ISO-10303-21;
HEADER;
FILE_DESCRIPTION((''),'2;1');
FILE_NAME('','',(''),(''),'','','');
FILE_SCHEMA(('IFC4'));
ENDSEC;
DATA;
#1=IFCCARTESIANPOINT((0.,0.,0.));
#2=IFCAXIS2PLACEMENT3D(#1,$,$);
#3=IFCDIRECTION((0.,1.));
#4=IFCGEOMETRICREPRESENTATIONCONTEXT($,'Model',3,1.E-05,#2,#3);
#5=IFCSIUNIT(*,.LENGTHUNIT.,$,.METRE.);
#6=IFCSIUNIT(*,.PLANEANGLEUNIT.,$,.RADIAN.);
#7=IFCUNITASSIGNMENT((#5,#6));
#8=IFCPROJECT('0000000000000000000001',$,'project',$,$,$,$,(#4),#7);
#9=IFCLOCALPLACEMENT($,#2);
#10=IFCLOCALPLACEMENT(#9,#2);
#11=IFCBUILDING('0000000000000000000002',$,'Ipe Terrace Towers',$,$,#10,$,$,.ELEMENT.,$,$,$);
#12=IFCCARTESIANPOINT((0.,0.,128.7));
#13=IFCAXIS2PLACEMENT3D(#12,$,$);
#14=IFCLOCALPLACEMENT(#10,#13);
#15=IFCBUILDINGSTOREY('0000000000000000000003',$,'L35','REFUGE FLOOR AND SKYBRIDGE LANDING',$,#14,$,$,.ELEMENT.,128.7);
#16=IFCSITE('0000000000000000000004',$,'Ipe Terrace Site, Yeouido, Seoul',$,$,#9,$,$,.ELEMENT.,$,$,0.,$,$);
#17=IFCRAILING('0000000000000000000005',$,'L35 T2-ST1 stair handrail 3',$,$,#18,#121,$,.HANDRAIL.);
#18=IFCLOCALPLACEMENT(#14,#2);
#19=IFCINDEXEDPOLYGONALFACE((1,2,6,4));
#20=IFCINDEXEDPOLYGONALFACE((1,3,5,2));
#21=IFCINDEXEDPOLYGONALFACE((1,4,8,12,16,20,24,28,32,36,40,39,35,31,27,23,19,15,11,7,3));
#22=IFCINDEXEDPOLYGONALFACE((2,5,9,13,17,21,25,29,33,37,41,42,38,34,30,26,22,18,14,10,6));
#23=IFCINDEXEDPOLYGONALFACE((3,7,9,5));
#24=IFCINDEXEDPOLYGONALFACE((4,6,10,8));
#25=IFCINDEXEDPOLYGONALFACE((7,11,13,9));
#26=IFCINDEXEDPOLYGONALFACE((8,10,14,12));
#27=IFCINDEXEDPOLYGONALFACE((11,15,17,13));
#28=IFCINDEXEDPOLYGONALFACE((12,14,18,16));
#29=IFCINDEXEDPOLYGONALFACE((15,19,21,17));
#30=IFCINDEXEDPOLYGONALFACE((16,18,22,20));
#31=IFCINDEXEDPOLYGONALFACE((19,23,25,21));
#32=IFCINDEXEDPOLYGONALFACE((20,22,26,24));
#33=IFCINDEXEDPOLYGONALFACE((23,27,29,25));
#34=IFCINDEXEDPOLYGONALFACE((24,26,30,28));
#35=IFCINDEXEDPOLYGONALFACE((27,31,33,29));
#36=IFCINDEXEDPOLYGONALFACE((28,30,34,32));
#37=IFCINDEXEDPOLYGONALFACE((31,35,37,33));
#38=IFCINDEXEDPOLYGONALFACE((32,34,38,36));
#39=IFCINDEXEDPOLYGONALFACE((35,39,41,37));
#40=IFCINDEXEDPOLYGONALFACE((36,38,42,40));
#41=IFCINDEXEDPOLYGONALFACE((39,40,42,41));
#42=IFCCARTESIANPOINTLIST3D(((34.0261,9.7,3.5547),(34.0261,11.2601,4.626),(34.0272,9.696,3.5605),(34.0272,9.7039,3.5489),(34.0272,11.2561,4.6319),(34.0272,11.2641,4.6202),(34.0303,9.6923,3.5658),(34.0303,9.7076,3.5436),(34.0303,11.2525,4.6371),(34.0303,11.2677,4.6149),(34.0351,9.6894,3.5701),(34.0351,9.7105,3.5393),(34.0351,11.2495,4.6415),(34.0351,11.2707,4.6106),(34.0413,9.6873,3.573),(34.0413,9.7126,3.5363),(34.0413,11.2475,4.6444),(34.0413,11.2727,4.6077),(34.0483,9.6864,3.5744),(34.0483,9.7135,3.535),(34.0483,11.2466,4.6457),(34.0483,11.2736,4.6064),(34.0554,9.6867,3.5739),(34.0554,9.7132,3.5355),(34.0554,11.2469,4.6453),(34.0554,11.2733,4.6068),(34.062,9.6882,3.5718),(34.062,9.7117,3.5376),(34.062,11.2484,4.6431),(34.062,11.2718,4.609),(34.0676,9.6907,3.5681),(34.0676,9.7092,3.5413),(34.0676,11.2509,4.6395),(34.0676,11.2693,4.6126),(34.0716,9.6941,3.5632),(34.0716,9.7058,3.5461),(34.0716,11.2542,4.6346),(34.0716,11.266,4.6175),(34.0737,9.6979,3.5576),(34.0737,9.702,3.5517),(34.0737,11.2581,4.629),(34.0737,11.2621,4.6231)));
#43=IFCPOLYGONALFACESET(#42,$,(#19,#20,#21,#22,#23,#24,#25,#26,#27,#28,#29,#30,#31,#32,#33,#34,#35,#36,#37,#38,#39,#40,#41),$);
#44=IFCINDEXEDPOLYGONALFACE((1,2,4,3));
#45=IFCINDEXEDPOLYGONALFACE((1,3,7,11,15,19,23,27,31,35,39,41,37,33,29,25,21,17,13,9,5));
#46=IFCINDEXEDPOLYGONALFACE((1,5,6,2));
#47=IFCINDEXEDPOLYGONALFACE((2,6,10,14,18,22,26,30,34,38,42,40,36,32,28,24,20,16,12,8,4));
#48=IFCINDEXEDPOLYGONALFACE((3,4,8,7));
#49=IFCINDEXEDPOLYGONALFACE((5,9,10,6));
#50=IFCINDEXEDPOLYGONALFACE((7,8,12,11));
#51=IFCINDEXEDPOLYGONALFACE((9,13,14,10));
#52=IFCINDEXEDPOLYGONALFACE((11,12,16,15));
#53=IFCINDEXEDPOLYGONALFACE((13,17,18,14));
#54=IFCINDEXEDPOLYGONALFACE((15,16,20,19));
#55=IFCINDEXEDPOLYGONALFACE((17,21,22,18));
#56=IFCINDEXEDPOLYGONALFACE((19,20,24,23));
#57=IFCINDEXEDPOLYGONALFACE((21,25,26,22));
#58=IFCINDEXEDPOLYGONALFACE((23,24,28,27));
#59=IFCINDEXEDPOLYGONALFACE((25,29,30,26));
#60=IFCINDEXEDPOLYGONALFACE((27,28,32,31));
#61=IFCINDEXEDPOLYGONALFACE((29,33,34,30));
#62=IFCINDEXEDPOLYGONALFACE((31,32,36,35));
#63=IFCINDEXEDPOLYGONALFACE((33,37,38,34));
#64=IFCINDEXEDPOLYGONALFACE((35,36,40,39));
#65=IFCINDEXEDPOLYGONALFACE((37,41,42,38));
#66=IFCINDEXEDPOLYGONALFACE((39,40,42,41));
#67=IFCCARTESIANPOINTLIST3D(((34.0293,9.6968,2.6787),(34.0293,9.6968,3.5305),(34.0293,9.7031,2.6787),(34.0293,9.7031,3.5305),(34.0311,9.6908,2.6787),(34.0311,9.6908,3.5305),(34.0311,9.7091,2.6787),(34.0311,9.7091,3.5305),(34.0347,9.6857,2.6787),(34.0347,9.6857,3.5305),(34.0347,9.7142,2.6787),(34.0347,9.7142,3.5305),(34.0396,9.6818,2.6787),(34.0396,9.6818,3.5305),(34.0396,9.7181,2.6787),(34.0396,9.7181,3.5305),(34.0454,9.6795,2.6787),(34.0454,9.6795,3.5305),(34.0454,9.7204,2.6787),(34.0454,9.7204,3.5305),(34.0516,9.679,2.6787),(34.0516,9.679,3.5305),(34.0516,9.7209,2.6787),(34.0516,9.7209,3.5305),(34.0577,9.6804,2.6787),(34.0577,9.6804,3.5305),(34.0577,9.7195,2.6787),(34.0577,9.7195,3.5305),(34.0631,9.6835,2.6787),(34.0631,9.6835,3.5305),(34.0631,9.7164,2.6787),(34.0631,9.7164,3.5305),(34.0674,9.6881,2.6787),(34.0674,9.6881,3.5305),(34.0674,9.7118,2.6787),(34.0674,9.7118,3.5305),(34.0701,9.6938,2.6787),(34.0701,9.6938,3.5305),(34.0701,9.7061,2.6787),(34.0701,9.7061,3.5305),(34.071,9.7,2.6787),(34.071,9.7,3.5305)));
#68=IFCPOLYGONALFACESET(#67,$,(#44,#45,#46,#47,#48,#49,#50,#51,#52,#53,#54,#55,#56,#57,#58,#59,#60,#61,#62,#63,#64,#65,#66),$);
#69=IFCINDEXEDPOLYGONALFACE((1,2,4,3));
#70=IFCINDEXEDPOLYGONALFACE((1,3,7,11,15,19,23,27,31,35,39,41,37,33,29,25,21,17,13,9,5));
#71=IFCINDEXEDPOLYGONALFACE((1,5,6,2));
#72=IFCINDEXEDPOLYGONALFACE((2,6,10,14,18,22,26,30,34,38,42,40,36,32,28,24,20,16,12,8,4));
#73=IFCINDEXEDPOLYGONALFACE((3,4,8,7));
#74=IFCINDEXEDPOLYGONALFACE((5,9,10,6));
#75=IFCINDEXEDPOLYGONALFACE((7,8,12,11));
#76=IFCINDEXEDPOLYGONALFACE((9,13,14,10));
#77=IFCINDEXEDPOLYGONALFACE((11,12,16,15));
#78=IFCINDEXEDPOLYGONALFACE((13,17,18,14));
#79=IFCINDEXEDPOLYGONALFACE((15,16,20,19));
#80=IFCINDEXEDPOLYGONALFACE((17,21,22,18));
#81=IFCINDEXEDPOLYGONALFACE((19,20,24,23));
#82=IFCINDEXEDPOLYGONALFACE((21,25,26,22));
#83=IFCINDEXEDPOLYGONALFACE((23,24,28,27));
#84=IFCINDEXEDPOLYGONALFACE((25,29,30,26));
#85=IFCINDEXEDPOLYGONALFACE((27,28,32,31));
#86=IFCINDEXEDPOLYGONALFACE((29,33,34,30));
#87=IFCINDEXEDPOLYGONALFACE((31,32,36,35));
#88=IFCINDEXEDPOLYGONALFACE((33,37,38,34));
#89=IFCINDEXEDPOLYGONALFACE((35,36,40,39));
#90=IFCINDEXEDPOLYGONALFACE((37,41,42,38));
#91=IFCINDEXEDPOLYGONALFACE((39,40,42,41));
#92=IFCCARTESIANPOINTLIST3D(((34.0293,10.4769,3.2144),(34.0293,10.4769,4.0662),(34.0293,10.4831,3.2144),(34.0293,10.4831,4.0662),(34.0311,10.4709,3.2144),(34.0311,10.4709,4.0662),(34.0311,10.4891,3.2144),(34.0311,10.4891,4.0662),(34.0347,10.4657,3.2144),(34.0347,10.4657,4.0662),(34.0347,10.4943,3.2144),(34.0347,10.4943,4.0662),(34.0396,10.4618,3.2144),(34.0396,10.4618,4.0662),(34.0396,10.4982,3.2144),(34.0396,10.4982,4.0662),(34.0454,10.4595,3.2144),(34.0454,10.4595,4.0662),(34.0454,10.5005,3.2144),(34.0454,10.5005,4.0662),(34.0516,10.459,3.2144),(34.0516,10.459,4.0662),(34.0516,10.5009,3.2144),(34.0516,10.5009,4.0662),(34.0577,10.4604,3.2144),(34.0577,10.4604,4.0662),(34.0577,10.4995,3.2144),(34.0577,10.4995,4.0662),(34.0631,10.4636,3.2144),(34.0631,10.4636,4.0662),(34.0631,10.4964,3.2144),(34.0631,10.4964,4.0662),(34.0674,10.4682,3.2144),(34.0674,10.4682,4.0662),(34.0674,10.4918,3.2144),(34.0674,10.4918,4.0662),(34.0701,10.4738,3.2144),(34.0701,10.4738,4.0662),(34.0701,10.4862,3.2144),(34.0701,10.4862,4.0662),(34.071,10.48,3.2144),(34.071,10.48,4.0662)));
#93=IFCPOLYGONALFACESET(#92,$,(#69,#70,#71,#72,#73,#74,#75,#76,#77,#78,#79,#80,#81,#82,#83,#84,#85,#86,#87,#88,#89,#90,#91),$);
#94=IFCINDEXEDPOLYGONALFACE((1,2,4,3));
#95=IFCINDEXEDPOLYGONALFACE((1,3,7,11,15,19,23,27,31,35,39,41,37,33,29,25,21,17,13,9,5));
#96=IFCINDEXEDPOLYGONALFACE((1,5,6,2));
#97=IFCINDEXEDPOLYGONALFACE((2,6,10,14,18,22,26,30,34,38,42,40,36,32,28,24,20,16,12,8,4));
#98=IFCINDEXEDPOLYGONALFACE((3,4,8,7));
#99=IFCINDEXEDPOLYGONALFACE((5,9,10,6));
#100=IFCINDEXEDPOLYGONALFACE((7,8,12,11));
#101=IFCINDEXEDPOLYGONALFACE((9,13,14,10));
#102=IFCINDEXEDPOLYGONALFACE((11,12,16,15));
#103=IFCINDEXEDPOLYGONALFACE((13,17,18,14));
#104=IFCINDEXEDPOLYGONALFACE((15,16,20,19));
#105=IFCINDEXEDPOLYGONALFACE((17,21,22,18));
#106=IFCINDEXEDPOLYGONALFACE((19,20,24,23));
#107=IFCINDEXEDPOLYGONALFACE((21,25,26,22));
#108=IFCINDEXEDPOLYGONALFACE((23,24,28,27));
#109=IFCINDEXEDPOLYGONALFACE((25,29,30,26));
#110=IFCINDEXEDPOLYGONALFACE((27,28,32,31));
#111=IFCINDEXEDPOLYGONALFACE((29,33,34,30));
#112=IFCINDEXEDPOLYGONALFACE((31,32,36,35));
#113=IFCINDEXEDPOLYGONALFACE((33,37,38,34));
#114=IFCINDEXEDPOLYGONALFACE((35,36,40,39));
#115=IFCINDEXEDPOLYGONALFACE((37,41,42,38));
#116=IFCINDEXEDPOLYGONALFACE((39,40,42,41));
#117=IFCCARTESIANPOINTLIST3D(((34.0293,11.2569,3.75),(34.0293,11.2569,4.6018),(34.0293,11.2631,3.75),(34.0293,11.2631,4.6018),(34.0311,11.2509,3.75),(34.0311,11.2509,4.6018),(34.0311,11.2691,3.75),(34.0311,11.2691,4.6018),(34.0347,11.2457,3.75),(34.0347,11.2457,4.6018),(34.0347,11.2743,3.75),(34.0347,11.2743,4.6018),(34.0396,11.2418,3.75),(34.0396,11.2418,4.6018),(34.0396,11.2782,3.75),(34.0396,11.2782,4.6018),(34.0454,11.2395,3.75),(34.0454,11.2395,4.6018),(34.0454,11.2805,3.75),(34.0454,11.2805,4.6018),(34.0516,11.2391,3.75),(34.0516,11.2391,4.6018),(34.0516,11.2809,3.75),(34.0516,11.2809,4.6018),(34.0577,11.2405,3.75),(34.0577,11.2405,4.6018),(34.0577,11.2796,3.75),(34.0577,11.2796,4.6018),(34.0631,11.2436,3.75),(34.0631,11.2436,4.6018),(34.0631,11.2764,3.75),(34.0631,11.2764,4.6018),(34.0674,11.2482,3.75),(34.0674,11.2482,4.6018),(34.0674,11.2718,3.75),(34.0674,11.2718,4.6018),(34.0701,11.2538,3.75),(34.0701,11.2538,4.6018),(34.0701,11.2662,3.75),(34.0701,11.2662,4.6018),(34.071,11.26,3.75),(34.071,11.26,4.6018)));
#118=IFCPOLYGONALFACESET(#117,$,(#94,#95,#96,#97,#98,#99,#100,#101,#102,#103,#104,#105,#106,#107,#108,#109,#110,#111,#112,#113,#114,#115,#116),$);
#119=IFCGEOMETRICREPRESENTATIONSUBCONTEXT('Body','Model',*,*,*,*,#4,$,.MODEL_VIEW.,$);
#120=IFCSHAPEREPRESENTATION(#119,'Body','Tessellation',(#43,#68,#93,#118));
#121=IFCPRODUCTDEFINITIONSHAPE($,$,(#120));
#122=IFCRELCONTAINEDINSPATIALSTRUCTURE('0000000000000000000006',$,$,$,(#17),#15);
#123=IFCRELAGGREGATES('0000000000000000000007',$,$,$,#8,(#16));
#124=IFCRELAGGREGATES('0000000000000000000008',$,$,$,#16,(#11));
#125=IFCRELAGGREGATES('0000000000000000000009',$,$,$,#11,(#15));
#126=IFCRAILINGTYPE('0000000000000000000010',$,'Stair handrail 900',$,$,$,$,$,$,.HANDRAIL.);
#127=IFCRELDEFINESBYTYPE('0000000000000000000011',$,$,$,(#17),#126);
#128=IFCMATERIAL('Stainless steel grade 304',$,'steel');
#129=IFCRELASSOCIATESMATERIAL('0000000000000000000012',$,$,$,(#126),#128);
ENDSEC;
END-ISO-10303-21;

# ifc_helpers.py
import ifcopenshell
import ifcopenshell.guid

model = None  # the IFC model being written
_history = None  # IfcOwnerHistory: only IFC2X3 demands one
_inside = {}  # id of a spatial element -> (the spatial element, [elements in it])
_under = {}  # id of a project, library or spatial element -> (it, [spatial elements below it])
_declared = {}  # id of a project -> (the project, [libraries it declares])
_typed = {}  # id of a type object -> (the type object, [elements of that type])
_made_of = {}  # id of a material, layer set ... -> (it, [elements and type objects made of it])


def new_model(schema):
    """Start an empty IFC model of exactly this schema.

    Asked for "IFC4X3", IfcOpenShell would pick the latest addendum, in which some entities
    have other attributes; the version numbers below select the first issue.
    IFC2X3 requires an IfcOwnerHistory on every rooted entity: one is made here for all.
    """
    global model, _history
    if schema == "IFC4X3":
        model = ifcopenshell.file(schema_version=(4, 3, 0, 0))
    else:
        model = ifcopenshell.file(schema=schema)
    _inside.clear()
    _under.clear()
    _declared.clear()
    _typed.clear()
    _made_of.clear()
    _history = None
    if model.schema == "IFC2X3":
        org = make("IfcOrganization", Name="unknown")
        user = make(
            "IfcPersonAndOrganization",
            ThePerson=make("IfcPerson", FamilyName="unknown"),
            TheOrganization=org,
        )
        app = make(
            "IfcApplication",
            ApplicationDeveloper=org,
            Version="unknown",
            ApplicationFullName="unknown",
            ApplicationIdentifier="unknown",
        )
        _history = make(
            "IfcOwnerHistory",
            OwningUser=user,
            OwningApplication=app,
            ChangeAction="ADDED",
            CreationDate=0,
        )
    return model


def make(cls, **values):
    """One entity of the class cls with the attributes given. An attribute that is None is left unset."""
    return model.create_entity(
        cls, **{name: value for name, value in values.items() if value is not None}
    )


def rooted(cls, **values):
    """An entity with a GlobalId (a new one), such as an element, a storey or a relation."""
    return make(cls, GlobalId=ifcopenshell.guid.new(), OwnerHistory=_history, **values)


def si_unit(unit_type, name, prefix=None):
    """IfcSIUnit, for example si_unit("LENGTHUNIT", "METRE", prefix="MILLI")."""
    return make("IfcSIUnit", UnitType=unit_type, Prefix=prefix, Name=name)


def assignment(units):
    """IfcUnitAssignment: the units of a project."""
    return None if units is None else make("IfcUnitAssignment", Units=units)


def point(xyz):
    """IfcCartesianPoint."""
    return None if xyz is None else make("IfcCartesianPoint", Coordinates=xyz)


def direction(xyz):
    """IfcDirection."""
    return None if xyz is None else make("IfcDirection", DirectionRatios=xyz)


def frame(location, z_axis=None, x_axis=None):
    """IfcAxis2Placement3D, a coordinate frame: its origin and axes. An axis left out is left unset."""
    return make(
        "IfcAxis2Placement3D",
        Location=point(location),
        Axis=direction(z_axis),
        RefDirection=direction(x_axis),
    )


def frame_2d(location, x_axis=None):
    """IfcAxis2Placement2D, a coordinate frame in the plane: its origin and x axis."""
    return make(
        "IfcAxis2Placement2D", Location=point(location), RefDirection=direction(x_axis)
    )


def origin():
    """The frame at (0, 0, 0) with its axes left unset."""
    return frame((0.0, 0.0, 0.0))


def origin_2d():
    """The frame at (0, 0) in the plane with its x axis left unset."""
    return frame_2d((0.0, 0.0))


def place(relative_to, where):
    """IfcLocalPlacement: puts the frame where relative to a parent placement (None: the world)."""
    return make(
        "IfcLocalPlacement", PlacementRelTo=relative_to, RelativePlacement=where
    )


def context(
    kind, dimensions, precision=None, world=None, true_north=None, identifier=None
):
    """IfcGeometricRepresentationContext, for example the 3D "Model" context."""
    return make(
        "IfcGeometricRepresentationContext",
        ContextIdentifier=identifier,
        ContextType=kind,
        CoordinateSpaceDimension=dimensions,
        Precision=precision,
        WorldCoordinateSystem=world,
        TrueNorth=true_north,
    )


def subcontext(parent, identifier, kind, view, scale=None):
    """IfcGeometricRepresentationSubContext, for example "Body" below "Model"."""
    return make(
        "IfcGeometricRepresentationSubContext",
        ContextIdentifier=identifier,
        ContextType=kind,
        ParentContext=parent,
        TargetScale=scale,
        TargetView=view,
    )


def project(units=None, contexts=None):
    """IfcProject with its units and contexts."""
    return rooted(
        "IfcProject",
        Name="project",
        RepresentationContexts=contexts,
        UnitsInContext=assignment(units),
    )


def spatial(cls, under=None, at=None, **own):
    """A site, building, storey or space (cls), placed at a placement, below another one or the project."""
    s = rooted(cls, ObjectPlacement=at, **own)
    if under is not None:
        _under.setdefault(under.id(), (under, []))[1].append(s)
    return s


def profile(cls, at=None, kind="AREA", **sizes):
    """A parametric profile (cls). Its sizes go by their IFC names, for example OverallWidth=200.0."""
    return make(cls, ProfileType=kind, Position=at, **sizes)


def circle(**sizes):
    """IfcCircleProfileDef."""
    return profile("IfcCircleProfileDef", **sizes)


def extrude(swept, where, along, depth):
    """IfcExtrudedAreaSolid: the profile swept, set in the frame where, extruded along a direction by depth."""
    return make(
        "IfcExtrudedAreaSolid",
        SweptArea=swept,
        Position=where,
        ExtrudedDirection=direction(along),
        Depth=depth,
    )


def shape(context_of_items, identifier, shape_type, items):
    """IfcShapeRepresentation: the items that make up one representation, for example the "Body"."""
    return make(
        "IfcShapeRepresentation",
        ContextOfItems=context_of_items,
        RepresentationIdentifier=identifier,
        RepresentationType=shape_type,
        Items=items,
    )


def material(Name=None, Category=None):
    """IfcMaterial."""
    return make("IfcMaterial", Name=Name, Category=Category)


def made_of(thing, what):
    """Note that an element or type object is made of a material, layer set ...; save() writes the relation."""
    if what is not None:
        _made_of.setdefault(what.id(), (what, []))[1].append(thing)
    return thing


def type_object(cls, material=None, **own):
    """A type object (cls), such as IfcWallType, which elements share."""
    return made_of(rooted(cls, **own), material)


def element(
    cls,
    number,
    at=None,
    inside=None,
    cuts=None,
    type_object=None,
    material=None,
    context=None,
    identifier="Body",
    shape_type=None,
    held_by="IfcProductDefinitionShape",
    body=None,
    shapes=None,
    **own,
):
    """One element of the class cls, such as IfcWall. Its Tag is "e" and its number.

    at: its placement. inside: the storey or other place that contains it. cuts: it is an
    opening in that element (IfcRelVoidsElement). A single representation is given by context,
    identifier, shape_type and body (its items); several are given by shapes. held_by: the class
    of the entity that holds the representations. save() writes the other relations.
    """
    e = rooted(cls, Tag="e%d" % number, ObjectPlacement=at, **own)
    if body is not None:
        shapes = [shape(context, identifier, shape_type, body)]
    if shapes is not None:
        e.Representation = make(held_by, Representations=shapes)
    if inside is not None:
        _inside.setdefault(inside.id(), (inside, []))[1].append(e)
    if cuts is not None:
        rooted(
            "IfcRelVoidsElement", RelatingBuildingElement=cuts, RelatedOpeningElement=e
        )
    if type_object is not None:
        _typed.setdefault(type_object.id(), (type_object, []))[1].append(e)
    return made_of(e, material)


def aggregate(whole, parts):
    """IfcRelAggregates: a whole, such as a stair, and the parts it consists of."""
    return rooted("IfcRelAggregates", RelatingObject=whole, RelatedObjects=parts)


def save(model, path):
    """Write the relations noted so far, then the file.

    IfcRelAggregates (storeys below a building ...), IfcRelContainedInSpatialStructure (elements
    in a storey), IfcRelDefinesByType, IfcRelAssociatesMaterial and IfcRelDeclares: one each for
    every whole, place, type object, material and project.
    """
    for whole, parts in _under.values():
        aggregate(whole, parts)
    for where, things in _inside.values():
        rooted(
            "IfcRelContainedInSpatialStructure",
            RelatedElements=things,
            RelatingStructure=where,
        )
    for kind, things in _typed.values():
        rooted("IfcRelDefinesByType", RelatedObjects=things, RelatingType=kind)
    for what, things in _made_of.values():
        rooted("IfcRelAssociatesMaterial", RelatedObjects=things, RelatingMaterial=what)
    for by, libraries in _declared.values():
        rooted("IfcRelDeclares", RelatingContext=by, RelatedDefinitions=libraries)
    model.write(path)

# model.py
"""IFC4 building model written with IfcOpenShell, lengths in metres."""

from ifc_helpers import new_model, si_unit, direction, frame, origin, origin_2d, place, context, subcontext, project, spatial, circle, extrude, material, type_object, element, save


model = new_model("IFC4")

# Units and contexts
model_context = context("Model", 3, precision=1e-05, world=origin(), true_north=direction((0.0, 1.0)))
body_context = subcontext(model_context, "Body", "Model", "MODEL_VIEW")
ifc_project = project(units=[si_unit("LENGTHUNIT", "METRE"), si_unit("PLANEANGLEUNIT", "RADIAN")], contexts=[model_context])

# Site, building, storey
site_placement = place(None, origin())
site = spatial("IfcSite", under=ifc_project, at=site_placement, Name="Ipe Terrace Site, Yeouido, Seoul", CompositionType="ELEMENT", RefElevation=0.0)
building_placement = place(site_placement, origin())
building = spatial("IfcBuilding", under=site, at=building_placement, Name="Ipe Terrace Towers", CompositionType="ELEMENT")
storey_placement = place(building_placement, frame((0.0, 0.0, 128.7)))
storey = spatial("IfcBuildingStorey", under=building, at=storey_placement, Name="L35", Description="REFUGE FLOOR AND SKYBRIDGE LANDING", CompositionType="ELEMENT", Elevation=128.7)

# Railing
ifc_material_1 = material(Name="Stainless steel grade 304", Category="steel")
railing_type_1 = type_object("IfcRailingType", Name="Stair handrail 900", PredefinedType="HANDRAIL", material=ifc_material_1)
railing_1_placement = place(storey_placement, frame((34.05, 9.7, 2.6787)))
element("IfcRailing", 1, at=railing_1_placement, inside=storey, type_object=railing_type_1, Name="L35 T2-ST1 stair handrail 3", PredefinedType="HANDRAIL", context=body_context, shape_type="SweptSolid", body=[
    extrude(circle(Radius=0.0239, at=origin_2d()), frame((0.0, 0.0, 0.876), z_axis=(0.0, 0.82435, 0.56608), x_axis=(-1.0, 0.0, 0.0)), (0.0, 0.0, 1.0), 1.8926),
    extrude(circle(Radius=0.021, at=origin_2d()), origin(), (0.0, 0.0, 1.0), 0.8518),
    extrude(circle(Radius=0.021, at=origin_2d()), frame((0.0, 0.78, 0.5356)), (0.0, 0.0, 1.0), 0.8518),
    extrude(circle(Radius=0.021, at=origin_2d()), frame((0.0, 1.5601, 1.0713)), (0.0, 0.0, 1.0), 0.8518),
])

save(model, "model.ifc")
